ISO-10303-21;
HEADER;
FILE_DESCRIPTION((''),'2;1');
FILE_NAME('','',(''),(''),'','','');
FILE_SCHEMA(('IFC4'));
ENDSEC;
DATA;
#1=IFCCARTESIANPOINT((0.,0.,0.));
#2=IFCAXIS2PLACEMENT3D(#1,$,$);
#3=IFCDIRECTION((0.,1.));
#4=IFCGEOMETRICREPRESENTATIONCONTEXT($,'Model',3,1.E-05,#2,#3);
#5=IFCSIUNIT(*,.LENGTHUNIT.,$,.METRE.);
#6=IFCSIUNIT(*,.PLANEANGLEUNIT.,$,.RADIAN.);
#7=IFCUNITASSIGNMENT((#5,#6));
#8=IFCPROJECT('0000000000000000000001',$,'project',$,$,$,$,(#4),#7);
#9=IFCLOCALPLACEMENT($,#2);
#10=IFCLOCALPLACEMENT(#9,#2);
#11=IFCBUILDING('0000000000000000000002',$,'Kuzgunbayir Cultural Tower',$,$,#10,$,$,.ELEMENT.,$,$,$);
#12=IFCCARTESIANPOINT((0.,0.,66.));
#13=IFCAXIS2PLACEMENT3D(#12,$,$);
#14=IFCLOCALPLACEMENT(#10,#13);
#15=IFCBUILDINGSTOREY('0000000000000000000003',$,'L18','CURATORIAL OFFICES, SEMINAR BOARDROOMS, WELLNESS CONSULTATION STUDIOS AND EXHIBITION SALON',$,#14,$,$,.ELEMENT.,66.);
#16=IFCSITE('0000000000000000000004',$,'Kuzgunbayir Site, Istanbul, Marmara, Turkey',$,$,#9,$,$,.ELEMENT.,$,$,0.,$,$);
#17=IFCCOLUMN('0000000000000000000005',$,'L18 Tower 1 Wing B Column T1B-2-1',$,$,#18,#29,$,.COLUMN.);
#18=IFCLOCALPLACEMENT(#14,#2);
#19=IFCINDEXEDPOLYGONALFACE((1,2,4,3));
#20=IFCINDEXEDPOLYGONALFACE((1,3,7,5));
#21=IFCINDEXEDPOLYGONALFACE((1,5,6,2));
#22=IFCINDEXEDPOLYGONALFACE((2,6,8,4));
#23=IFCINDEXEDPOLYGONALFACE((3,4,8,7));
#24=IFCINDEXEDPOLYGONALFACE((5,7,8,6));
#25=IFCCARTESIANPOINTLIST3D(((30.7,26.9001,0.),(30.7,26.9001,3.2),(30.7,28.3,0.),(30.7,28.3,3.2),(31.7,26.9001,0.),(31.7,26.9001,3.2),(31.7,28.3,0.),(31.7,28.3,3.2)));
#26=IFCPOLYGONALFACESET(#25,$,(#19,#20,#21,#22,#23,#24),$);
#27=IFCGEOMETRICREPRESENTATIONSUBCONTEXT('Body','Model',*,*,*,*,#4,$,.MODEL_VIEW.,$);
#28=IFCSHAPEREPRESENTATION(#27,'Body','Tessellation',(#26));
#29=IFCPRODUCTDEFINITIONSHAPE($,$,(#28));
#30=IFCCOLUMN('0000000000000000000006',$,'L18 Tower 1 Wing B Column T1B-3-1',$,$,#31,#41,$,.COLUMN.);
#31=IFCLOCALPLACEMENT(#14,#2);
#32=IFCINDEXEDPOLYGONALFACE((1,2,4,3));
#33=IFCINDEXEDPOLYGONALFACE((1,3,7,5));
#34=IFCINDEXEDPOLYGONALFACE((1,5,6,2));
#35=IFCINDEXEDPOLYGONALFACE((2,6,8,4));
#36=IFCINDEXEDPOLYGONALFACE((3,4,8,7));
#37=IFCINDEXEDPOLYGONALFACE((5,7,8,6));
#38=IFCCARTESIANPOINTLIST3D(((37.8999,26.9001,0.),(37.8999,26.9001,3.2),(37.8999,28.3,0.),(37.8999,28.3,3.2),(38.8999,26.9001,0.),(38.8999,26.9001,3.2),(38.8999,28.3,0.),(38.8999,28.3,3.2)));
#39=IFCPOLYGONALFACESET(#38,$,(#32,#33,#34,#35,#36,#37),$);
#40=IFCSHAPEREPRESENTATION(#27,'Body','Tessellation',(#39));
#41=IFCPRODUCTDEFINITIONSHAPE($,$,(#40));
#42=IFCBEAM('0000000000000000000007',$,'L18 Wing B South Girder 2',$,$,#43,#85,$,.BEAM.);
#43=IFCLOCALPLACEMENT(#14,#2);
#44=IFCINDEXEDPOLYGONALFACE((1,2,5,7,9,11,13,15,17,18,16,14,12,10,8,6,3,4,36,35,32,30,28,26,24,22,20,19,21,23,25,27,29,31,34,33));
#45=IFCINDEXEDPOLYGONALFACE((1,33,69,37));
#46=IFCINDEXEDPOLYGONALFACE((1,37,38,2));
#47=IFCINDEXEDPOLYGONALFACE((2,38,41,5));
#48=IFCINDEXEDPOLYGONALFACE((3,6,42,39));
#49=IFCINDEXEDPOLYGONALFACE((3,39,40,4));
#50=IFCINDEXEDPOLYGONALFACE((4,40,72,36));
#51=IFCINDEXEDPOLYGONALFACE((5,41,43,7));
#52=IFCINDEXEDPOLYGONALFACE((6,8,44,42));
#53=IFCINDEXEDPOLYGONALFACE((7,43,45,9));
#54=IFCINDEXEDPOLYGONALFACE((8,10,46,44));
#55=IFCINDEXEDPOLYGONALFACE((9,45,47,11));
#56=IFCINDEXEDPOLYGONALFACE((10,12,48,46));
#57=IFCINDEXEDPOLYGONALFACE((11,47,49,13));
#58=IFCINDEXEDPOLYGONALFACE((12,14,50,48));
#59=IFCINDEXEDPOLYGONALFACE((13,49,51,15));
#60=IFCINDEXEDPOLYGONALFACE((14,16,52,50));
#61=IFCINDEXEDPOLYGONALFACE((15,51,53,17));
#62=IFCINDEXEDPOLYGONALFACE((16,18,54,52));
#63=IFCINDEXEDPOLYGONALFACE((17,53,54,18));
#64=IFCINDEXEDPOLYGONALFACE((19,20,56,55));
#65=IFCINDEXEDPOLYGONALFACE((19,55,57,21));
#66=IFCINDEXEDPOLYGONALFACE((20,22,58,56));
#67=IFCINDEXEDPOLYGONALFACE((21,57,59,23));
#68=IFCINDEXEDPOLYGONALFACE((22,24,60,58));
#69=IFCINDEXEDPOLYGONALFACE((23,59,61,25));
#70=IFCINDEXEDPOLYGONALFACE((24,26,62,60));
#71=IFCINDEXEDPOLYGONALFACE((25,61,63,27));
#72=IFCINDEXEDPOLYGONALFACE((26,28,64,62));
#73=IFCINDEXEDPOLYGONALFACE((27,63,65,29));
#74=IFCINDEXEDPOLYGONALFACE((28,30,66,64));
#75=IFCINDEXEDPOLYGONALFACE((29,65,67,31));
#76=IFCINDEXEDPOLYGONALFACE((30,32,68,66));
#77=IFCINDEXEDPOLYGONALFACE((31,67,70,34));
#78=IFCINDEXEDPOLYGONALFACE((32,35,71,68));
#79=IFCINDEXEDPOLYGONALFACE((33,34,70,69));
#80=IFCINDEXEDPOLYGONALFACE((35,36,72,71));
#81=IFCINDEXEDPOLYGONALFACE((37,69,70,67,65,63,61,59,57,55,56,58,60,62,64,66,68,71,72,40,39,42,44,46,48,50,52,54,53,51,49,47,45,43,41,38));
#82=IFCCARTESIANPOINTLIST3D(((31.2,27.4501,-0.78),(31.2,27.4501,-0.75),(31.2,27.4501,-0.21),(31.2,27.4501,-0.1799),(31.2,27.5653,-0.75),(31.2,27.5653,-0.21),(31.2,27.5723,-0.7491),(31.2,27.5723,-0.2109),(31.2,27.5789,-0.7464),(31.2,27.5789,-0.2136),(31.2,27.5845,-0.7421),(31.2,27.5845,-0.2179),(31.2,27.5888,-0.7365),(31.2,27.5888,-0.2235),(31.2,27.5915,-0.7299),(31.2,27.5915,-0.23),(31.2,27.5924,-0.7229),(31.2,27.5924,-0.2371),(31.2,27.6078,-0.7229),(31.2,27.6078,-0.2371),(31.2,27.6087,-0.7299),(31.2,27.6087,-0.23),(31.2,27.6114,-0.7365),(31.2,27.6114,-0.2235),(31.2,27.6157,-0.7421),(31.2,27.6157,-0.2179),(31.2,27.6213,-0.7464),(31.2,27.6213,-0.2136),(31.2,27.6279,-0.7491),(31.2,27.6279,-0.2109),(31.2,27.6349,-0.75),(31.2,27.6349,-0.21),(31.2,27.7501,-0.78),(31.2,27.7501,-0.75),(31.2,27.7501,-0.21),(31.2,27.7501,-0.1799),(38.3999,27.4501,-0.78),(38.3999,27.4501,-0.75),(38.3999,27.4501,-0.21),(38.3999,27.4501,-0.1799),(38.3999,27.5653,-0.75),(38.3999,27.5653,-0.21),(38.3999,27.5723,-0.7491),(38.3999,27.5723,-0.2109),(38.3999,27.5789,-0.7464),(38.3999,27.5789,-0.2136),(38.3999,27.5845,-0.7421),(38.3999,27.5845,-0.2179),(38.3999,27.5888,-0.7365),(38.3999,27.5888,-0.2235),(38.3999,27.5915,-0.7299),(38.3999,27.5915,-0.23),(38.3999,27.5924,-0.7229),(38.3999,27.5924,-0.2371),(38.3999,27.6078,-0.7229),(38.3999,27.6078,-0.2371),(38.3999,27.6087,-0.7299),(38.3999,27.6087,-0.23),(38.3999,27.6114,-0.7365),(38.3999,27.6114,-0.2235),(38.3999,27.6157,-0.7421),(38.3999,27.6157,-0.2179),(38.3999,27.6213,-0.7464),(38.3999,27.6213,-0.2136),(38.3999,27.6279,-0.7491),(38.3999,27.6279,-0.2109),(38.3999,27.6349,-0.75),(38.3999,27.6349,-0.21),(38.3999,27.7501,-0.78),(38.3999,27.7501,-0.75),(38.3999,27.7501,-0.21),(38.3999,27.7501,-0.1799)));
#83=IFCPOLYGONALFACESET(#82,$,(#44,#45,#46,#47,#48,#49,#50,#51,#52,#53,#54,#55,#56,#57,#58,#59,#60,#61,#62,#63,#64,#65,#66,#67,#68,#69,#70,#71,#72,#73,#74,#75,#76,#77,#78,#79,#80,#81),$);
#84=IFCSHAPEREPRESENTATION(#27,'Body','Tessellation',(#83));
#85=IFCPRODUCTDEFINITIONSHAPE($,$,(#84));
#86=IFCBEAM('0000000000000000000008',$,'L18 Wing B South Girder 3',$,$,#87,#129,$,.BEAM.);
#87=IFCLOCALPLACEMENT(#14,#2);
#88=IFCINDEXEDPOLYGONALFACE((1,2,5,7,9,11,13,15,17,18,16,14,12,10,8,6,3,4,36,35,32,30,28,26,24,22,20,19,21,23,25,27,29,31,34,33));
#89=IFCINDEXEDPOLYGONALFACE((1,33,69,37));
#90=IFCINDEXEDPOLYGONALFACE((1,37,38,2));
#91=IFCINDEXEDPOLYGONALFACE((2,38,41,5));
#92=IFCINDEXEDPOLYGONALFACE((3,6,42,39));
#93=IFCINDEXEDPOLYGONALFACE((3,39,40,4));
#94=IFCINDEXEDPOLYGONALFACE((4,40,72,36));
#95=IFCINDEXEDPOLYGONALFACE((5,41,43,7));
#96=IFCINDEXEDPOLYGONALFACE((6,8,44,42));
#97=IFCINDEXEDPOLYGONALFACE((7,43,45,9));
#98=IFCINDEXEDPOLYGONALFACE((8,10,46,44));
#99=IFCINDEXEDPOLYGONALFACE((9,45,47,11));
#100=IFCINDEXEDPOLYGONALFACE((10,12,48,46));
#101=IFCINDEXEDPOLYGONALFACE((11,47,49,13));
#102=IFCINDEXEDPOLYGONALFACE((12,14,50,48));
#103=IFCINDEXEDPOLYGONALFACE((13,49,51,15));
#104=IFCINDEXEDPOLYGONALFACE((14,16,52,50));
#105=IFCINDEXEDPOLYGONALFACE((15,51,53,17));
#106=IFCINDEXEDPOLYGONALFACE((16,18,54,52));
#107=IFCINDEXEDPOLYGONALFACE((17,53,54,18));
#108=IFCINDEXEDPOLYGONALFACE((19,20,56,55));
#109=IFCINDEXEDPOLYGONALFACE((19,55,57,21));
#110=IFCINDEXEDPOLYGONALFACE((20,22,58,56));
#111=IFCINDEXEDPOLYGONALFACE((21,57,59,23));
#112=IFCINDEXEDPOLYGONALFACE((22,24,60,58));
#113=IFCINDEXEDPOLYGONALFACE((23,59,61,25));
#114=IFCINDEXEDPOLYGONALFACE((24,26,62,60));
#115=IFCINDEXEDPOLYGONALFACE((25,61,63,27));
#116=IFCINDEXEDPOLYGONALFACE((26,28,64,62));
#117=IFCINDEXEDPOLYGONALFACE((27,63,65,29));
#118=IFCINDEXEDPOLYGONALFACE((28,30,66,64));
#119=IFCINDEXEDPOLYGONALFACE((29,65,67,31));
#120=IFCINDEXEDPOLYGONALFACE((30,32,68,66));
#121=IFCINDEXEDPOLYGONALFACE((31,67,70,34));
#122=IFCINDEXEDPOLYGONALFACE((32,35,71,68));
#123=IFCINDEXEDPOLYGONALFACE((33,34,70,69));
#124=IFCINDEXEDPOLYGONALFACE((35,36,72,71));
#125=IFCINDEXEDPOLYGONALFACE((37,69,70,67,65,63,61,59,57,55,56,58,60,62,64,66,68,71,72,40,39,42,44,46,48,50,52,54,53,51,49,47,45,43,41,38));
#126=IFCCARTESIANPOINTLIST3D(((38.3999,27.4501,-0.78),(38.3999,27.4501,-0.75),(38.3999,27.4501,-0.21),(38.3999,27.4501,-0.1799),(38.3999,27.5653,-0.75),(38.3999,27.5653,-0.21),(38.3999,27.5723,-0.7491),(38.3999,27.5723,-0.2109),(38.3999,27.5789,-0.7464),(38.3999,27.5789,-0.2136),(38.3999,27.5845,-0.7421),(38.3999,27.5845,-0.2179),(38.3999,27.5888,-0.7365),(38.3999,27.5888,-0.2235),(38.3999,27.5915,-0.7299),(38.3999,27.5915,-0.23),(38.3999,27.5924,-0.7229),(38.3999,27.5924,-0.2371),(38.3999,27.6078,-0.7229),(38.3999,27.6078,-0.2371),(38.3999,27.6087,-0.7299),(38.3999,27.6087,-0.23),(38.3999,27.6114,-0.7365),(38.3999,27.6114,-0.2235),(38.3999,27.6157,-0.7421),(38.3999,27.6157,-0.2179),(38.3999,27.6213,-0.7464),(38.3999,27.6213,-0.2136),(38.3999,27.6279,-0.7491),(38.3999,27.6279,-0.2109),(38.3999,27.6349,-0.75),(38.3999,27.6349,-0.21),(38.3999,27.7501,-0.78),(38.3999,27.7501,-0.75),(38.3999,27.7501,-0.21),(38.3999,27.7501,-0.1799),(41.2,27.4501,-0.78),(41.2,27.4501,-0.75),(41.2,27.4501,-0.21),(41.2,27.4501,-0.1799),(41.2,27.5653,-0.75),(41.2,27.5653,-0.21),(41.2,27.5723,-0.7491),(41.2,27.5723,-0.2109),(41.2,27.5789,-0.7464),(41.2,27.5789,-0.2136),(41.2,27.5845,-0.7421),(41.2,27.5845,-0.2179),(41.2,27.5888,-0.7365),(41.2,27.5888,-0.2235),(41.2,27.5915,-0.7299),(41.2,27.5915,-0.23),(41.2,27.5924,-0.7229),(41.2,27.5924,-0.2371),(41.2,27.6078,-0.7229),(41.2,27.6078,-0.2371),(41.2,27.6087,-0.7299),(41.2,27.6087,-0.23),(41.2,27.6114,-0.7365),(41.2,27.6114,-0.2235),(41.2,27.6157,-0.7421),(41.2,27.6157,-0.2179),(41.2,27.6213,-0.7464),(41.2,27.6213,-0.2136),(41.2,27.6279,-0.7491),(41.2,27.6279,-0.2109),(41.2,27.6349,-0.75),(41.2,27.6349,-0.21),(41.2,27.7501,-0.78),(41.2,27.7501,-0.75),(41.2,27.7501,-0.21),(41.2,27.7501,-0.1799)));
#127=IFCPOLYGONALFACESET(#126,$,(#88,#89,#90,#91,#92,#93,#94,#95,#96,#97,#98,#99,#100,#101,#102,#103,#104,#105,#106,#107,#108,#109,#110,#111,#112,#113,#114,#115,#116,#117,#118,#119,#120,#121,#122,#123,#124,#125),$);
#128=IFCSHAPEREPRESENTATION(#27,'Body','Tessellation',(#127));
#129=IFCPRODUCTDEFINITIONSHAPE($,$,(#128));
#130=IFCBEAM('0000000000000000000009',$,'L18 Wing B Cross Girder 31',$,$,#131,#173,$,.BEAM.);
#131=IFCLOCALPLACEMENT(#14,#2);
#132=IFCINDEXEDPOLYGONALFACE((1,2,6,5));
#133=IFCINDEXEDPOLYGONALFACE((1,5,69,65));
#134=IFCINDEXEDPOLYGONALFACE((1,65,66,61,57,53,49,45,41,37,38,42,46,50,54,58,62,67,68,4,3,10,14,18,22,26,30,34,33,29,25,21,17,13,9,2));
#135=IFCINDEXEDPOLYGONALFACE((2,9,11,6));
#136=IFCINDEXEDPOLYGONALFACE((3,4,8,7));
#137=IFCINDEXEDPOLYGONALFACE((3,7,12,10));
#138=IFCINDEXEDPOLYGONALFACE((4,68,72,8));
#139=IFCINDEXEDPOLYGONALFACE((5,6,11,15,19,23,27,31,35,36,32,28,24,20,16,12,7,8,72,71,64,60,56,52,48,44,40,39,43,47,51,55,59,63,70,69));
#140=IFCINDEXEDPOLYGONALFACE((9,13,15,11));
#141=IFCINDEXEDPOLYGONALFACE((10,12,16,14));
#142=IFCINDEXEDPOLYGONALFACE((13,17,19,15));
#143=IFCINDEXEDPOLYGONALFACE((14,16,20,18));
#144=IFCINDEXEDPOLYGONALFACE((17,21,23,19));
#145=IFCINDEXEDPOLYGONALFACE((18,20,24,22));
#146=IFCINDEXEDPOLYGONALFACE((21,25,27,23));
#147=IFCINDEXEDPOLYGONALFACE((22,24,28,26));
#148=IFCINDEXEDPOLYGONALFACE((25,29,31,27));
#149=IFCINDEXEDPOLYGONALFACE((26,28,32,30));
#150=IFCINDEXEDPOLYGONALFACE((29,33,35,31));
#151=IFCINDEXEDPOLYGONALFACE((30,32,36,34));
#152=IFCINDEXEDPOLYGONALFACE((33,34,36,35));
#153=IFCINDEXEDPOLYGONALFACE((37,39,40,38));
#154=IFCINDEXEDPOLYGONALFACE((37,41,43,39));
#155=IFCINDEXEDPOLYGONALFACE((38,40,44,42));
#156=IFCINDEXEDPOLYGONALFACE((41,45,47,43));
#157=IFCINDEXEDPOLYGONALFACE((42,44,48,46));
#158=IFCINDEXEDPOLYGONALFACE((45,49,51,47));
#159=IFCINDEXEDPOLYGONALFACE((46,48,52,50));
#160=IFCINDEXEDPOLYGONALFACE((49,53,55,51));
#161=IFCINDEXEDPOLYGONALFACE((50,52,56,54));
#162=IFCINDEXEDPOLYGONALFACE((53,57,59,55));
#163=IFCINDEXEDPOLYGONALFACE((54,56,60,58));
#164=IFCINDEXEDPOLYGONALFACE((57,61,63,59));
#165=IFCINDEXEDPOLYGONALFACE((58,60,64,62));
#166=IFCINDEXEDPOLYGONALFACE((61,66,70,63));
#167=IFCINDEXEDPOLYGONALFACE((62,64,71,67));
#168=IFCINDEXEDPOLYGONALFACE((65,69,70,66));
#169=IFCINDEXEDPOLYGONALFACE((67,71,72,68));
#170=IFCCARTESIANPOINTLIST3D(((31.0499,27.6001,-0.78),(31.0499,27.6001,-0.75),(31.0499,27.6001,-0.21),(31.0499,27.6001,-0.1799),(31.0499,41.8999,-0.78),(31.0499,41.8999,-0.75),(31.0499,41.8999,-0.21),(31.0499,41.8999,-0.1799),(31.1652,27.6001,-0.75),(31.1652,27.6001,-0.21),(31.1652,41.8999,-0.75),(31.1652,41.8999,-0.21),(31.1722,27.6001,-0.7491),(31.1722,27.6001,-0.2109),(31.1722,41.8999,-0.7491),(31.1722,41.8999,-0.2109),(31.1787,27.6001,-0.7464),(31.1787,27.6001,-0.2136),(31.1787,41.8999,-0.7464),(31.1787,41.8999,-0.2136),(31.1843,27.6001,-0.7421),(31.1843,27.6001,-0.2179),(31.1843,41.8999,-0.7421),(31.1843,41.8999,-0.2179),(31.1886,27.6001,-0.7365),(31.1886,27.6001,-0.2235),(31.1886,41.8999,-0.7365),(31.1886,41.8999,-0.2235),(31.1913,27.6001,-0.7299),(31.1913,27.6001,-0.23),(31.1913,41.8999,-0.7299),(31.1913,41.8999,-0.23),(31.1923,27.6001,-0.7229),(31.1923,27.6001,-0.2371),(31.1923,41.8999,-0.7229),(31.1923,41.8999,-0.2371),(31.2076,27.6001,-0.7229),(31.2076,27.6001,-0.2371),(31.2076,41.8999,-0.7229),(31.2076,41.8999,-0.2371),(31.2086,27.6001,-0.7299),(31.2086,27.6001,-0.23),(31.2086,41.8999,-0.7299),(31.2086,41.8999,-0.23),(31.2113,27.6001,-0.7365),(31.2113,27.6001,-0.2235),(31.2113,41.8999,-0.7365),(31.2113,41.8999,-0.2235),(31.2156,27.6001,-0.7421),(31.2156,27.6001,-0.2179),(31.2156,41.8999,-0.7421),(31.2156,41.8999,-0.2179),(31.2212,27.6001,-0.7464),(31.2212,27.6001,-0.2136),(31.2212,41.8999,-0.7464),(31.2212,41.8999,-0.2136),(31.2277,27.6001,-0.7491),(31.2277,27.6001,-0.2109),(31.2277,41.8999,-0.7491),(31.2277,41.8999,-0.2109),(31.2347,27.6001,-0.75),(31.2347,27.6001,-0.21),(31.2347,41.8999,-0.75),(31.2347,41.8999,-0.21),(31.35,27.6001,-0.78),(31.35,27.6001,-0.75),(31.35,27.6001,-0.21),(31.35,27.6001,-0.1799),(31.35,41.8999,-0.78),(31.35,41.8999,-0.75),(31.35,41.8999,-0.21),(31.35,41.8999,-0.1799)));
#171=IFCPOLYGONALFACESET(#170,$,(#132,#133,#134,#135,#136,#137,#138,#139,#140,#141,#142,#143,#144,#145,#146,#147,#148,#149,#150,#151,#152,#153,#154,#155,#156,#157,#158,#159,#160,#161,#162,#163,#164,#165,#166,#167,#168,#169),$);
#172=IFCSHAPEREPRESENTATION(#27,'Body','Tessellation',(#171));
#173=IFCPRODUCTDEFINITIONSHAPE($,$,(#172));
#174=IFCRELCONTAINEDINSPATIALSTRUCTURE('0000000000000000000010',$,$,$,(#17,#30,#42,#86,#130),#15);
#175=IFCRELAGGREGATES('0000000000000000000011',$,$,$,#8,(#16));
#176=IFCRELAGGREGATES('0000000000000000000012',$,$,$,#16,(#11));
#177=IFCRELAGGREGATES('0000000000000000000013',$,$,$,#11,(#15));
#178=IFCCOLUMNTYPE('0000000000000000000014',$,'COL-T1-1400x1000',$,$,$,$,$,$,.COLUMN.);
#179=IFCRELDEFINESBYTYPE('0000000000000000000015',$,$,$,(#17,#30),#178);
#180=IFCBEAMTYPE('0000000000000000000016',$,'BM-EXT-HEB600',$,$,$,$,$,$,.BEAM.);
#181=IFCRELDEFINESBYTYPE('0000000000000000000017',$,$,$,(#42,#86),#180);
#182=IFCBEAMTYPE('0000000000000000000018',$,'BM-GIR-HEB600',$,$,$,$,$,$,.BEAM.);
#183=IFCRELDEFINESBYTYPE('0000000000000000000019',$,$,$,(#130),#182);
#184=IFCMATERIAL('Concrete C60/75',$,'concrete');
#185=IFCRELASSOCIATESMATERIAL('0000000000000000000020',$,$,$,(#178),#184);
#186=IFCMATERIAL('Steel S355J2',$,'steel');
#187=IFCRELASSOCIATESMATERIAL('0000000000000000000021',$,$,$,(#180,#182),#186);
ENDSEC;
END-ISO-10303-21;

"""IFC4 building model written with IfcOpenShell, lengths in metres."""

from ifc_helpers import new_model, si_unit, direction, frame, origin, origin_2d, place, context, subcontext, project, spatial, rectangle, i_section, extrude, material, material_profile, profile_set, type_object, element, save


model = new_model("IFC4")

# Units and contexts
model_context = context("Model", 3, precision=1e-05, world=origin(), true_north=direction((0.0, 1.0)))
body_context = subcontext(model_context, "Body", "Model", "MODEL_VIEW")
ifc_project = project(units=[si_unit("LENGTHUNIT", "METRE"), si_unit("PLANEANGLEUNIT", "RADIAN")], contexts=[model_context])

# Site, building, storey
site_placement = place(None, origin())
site = spatial("IfcSite", under=ifc_project, at=site_placement, Name="Kuzgunbayir Site, Istanbul, Marmara, Turkey", CompositionType="ELEMENT", RefElevation=0.0)
building_placement = place(site_placement, origin())
building = spatial("IfcBuilding", under=site, at=building_placement, Name="Kuzgunbayir Cultural Tower", CompositionType="ELEMENT")
storey_placement = place(building_placement, frame((0.0, 0.0, 66.0)))
storey = spatial("IfcBuildingStorey", under=building, at=storey_placement, Name="L18", Description="CURATORIAL OFFICES, SEMINAR BOARDROOMS, WELLNESS CONSULTATION STUDIOS AND EXHIBITION SALON", CompositionType="ELEMENT", Elevation=66.0)

# Columns
ifc_material_1 = material(Name="Concrete C60/75", Category="concrete")
ifc_material_profile_1 = material_profile(ifc_material_1, rectangle(XDim=1.0, YDim=1.3999, at=origin_2d()), Name="RC 1400x1000")
ifc_profile_set_1 = profile_set([ifc_material_profile_1], Name="Concrete C60/75")
column_type = type_object("IfcColumnType", Name="COL-T1-1400x1000", PredefinedType="COLUMN", material=ifc_profile_set_1)
for number, where, z_axis, x_axis, name in (
    (1, (31.2, 27.6001, 0.0), (0.0, 0.0, 1.0), (1.0, 0.0, 0.0), "L18 Tower 1 Wing B Column T1B-2-1"),
    (2, (38.3999, 27.6001, 0.0), (0.0, 0.0, 1.0), (1.0, 0.0, 0.0), "L18 Tower 1 Wing B Column T1B-3-1"),
):
    element("IfcColumn", number, at=place(storey_placement, frame(where, z_axis=z_axis, x_axis=x_axis)), inside=storey, type_object=column_type, Name=name, PredefinedType="COLUMN", context=body_context, shape_type="SweptSolid", body=[
        extrude(rectangle(XDim=1.0, YDim=1.3999, at=origin_2d()), origin(), (0.0, 0.0, 1.0), 3.2),
    ])

# Beams
ifc_material_2 = material(Name="Steel S355J2", Category="steel")
ifc_material_profile_2 = material_profile(ifc_material_2, i_section(OverallWidth=0.3, OverallDepth=0.6001, WebThickness=0.0154, FlangeThickness=0.03, FilletRadius=0.0271, at=origin_2d()), Name="HEB 600")
ifc_profile_set_2 = profile_set([ifc_material_profile_2], Name="Steel S355J2")
beam_type_1 = type_object("IfcBeamType", Name="BM-EXT-HEB600", PredefinedType="BEAM", material=ifc_profile_set_2)
beam_1_placement = place(storey_placement, frame((31.2, 27.6001, -0.48), z_axis=(1.0, 0.0, 0.0), x_axis=(0.0, 1.0, 0.0)))
element("IfcBeam", 3, at=beam_1_placement, inside=storey, type_object=beam_type_1, Name="L18 Wing B South Girder 2", PredefinedType="BEAM", context=body_context, shape_type="SweptSolid", body=[
    extrude(i_section(OverallWidth=0.3, OverallDepth=0.6001, WebThickness=0.0154, FlangeThickness=0.03, FilletRadius=0.0271, at=origin_2d()), origin(), (0.0, 0.0, 1.0), 7.2),
])
beam_2_placement = place(storey_placement, frame((38.3999, 27.6001, -0.48), z_axis=(1.0, 0.0, 0.0), x_axis=(0.0, 1.0, 0.0)))
element("IfcBeam", 4, at=beam_2_placement, inside=storey, type_object=beam_type_1, Name="L18 Wing B South Girder 3", PredefinedType="BEAM", context=body_context, shape_type="SweptSolid", body=[
    extrude(i_section(OverallWidth=0.3, OverallDepth=0.6001, WebThickness=0.0154, FlangeThickness=0.03, FilletRadius=0.0271, at=origin_2d()), origin(), (0.0, 0.0, 1.0), 2.8),
])
ifc_material_profile_3 = material_profile(ifc_material_2, i_section(OverallWidth=0.3, OverallDepth=0.6001, WebThickness=0.0154, FlangeThickness=0.03, FilletRadius=0.0271, at=origin_2d()), Name="HEB 600")
ifc_profile_set_3 = profile_set([ifc_material_profile_3], Name="Steel S355J2")
beam_type_2 = type_object("IfcBeamType", Name="BM-GIR-HEB600", PredefinedType="BEAM", material=ifc_profile_set_3)
beam_3_placement = place(storey_placement, frame((31.2, 27.6001, -0.48), z_axis=(0.0, 1.0, 0.0), x_axis=(-1.0, 0.0, 0.0)))
element("IfcBeam", 5, at=beam_3_placement, inside=storey, type_object=beam_type_2, Name="L18 Wing B Cross Girder 31", PredefinedType="BEAM", context=body_context, shape_type="SweptSolid", body=[
    extrude(i_section(OverallWidth=0.3, OverallDepth=0.6001, WebThickness=0.0154, FlangeThickness=0.03, FilletRadius=0.0271, at=origin_2d()), origin(), (0.0, 0.0, 1.0), 14.2998),
])

save(model, "model.ifc")
